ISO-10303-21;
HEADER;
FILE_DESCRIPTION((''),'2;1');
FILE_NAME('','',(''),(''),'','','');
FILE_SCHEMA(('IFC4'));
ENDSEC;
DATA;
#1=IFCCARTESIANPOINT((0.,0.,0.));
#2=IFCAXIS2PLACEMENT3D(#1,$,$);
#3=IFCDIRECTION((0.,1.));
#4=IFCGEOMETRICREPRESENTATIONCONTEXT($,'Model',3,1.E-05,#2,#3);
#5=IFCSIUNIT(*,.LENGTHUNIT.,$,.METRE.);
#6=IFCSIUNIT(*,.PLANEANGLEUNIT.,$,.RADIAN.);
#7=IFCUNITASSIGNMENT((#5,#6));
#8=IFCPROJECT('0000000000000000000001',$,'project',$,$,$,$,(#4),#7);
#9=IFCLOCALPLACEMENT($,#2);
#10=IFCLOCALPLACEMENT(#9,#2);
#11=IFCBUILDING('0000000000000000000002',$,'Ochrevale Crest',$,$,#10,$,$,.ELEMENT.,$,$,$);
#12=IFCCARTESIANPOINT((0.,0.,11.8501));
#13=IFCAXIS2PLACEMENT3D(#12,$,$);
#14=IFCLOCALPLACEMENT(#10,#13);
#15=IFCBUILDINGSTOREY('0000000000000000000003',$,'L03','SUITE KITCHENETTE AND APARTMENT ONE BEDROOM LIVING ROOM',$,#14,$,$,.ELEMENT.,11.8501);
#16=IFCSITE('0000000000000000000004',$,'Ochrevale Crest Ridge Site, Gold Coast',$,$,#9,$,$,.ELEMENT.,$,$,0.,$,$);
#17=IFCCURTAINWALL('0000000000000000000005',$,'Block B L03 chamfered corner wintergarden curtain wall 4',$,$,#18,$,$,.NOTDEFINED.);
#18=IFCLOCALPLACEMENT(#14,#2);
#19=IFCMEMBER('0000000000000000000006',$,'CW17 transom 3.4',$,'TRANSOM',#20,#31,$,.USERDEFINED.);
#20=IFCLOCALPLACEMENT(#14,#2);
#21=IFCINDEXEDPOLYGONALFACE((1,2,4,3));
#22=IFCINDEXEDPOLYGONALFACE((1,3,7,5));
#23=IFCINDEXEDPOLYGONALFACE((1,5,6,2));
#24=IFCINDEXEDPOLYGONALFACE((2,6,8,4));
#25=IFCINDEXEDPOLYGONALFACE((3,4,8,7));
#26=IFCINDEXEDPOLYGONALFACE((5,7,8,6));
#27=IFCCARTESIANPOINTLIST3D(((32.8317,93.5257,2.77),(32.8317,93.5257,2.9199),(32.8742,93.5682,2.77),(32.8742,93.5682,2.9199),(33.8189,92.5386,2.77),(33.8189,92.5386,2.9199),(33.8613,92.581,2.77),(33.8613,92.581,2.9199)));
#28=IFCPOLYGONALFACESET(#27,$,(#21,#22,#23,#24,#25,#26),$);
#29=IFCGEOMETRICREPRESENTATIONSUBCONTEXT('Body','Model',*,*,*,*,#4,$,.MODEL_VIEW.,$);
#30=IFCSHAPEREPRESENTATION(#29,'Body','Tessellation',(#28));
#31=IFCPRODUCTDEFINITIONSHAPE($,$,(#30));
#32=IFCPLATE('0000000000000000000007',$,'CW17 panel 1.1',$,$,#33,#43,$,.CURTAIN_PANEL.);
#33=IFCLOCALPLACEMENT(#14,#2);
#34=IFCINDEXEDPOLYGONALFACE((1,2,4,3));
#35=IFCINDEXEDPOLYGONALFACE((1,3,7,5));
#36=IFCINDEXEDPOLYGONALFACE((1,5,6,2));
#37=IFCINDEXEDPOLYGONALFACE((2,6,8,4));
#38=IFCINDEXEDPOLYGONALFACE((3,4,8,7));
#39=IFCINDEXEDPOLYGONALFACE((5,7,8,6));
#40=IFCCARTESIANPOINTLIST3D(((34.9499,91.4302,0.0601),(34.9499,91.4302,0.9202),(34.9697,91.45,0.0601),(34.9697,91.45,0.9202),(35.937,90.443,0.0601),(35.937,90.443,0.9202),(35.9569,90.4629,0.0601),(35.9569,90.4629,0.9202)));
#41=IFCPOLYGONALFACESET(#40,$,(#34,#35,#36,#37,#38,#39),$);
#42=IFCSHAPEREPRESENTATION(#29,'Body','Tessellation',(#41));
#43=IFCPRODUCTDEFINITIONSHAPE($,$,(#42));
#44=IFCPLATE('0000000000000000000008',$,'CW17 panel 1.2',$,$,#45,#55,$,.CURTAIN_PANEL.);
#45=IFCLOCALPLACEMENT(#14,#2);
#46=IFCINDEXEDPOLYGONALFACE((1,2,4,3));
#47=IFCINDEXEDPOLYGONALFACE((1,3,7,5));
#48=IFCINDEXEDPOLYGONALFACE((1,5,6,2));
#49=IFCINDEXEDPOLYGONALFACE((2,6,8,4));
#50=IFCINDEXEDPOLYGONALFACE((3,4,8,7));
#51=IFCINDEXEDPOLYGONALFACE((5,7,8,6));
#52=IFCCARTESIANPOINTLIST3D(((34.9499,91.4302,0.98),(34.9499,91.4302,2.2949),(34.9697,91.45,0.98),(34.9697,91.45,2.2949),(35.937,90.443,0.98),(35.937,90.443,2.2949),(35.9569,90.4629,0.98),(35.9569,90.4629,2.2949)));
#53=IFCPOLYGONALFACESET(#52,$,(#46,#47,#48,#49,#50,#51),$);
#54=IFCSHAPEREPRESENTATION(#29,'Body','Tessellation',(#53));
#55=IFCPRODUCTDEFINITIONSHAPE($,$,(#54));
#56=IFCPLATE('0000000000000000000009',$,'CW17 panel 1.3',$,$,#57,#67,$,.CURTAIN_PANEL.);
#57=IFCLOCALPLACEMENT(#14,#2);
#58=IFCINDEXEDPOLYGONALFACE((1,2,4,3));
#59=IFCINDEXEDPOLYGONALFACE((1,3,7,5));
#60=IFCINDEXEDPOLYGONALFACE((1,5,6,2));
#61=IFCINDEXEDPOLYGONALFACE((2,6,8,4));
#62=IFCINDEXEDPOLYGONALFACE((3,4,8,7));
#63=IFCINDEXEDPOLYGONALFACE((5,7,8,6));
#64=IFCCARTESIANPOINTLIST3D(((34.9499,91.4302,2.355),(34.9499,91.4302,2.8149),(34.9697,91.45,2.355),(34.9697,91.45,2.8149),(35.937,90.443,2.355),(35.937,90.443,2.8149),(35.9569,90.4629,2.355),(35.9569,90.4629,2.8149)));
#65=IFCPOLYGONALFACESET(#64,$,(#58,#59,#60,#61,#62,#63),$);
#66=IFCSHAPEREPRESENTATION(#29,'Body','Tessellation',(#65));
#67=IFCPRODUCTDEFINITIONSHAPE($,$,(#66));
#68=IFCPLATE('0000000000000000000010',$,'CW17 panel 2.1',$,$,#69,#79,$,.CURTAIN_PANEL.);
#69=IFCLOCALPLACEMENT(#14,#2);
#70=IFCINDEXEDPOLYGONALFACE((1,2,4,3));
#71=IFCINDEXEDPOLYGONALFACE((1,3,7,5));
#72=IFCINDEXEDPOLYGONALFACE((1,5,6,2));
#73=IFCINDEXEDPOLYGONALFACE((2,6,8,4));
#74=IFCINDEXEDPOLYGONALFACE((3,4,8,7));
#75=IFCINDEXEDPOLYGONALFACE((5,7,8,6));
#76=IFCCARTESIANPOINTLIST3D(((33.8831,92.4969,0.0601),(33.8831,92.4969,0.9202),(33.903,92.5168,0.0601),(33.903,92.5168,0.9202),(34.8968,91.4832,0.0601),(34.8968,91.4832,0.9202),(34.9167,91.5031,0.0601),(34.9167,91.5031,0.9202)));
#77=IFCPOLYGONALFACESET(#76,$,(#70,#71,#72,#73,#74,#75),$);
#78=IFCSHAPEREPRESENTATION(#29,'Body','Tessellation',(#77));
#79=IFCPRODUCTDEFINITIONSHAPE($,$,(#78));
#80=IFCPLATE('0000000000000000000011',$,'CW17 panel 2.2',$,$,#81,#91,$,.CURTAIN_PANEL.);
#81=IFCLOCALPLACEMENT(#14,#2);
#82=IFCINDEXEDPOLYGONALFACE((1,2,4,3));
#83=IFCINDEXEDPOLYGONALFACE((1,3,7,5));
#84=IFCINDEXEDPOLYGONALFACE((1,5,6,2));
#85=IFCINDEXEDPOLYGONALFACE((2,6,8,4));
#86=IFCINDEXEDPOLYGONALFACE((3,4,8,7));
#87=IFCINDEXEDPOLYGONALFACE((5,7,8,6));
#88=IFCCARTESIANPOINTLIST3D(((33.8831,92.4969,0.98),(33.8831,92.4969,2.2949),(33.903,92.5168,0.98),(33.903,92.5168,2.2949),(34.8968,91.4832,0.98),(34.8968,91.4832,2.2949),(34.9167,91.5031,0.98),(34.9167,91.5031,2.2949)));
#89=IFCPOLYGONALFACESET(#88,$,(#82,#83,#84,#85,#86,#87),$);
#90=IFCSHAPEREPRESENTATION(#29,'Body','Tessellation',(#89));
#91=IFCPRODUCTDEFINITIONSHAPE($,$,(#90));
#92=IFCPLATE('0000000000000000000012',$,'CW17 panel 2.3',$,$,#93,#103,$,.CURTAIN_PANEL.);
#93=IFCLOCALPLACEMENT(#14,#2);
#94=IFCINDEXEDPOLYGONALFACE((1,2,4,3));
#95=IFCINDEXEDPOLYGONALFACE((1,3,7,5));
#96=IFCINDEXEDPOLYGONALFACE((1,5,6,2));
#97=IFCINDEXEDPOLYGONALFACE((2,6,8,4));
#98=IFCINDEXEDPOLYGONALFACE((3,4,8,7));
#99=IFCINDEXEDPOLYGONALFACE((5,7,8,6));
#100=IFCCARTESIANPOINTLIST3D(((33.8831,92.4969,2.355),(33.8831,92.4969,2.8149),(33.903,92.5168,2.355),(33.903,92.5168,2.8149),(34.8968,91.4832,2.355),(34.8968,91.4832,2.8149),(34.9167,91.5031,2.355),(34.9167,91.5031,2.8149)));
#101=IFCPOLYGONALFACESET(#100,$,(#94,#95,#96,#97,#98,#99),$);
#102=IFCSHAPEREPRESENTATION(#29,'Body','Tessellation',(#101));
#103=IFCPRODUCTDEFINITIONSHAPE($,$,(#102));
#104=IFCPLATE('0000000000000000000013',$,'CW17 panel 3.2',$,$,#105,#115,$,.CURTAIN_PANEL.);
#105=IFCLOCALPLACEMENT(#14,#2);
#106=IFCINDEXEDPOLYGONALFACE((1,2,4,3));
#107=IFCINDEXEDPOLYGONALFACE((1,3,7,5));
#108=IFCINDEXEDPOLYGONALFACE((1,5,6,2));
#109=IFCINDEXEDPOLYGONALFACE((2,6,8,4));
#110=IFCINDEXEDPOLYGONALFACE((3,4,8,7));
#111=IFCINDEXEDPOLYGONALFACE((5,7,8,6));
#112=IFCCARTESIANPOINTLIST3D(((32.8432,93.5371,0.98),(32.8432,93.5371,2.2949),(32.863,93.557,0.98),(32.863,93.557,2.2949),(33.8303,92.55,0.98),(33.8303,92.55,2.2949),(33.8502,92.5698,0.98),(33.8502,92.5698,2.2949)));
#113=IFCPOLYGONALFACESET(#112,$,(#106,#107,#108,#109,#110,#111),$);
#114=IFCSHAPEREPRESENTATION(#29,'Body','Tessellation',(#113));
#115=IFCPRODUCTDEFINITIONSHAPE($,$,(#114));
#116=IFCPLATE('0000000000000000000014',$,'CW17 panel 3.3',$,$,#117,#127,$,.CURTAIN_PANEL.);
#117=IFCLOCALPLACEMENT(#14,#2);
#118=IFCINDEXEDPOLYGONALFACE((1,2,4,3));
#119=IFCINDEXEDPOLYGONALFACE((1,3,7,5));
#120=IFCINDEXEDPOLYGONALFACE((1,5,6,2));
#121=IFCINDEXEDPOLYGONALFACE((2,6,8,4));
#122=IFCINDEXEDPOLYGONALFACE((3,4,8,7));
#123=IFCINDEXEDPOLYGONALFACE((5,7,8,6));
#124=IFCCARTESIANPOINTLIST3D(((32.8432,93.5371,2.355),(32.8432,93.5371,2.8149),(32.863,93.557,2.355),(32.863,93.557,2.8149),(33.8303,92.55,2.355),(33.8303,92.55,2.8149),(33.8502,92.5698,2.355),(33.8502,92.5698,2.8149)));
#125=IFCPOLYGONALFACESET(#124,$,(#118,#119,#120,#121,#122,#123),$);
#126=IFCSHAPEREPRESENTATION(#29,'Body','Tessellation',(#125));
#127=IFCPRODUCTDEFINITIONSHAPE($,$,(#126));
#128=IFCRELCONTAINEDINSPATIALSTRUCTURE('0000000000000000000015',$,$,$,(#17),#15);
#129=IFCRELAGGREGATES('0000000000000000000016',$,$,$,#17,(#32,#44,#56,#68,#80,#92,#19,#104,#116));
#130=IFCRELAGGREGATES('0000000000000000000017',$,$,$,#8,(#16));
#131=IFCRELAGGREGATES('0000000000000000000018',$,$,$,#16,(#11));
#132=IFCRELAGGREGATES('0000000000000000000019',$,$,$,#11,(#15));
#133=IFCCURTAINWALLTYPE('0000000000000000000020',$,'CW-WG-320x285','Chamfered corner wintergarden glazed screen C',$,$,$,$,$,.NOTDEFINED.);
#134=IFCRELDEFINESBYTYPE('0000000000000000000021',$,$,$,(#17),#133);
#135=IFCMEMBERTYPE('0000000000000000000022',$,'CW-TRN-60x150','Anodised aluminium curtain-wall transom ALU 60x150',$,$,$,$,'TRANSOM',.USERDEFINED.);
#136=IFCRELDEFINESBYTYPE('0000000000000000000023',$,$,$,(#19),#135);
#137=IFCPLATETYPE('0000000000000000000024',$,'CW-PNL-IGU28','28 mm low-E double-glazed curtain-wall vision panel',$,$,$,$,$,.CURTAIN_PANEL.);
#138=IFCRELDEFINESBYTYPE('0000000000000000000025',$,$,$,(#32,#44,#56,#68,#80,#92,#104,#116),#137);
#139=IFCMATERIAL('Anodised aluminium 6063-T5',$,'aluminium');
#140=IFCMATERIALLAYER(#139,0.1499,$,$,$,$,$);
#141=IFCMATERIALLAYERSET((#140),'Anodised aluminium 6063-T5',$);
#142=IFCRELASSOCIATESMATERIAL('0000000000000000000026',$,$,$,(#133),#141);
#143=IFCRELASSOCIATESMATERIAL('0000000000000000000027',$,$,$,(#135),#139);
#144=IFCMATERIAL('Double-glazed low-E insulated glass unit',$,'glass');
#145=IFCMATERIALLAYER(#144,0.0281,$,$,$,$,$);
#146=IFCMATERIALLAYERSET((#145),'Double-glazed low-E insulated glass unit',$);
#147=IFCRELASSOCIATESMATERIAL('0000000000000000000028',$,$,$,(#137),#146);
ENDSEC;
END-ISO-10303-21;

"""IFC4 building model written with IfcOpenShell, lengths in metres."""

from ifc_helpers import new_model, si_unit, direction, frame, origin, origin_2d, place, context, subcontext, project, spatial, rectangle, extrude, material, layer, layer_set, material_profile, profile_set, type_object, element, aggregate, save


model = new_model("IFC4")

# Units and contexts
model_context = context("Model", 3, precision=1e-05, world=origin(), true_north=direction((0.0, 1.0)))
body_context = subcontext(model_context, "Body", "Model", "MODEL_VIEW")
ifc_project = project(units=[si_unit("LENGTHUNIT", "METRE"), si_unit("PLANEANGLEUNIT", "RADIAN")], contexts=[model_context])

# Site, building, storey
site_placement = place(None, origin())
site = spatial("IfcSite", under=ifc_project, at=site_placement, Name="Ochrevale Crest Ridge Site, Gold Coast", CompositionType="ELEMENT", RefElevation=0.0)
building_placement = place(site_placement, origin())
building = spatial("IfcBuilding", under=site, at=building_placement, Name="Ochrevale Crest", CompositionType="ELEMENT")
storey_placement = place(building_placement, frame((0.0, 0.0, 11.8501)))
storey = spatial("IfcBuildingStorey", under=building, at=storey_placement, Name="L03", Description="SUITE KITCHENETTE AND APARTMENT ONE BEDROOM LIVING ROOM", CompositionType="ELEMENT", Elevation=11.8501)

# Curtain wall, member, plates
ifc_material_1 = material(Name="Anodised aluminium 6063-T5", Category="aluminium")
ifc_layer_1 = layer(ifc_material_1, 0.1499)
ifc_layer_set_1 = layer_set([ifc_layer_1], Name="Anodised aluminium 6063-T5")
curtain_wall_type = type_object("IfcCurtainWallType", Name="CW-WG-320x285", Description="Chamfered corner wintergarden glazed screen C", PredefinedType="NOTDEFINED", material=ifc_layer_set_1)
curtain_wall_placement = place(storey_placement, origin())
curtain_wall = element("IfcCurtainWall", 1, at=curtain_wall_placement, inside=storey, type_object=curtain_wall_type, Name="Block B L03 chamfered corner wintergarden curtain wall 4", PredefinedType="NOTDEFINED")
ifc_material_profile_1 = material_profile(ifc_material_1, rectangle(XDim=0.0601, YDim=0.1499, at=origin_2d()), Name="ALU 60x150")
ifc_profile_set_1 = profile_set([ifc_material_profile_1], Name="Anodised aluminium 6063-T5")
member_type_1 = type_object("IfcMemberType", Name="CW-TRN-60x150", Description="Anodised aluminium curtain-wall transom ALU 60x150", ElementType="TRANSOM", PredefinedType="USERDEFINED", material=ifc_profile_set_1)
member_1_placement = place(storey_placement, frame((33.8401, 92.5598, 2.845), z_axis=(-0.707107, 0.707107, 0.0), x_axis=(-0.707107, -0.707107, 0.0)))
member_1 = element("IfcMember", 2, at=member_1_placement, type_object=member_type_1, Name="CW17 transom 3.4", ObjectType="TRANSOM", PredefinedType="USERDEFINED", context=body_context, shape_type="SweptSolid", body=[
    extrude(rectangle(XDim=0.0601, YDim=0.1499, at=origin_2d()), origin(), (0.0, 0.0, 1.0), 1.396),
])
ifc_material_2 = material(Name="Double-glazed low-E insulated glass unit", Category="glass")
ifc_layer_2 = layer(ifc_material_2, 0.0281)
ifc_layer_set_2 = layer_set([ifc_layer_2], Name="Double-glazed low-E insulated glass unit")
plate_type = type_object("IfcPlateType", Name="CW-PNL-IGU28", Description="28 mm low-E double-glazed curtain-wall vision panel", PredefinedType="CURTAIN_PANEL", material=ifc_layer_set_2)
plate_1_placement = place(storey_placement, frame((35.4534, 90.9465, 0.0601), z_axis=(0.0, 0.0, 1.0), x_axis=(-0.707107, 0.707107, 0.0)))
plate_1 = element("IfcPlate", 3, at=plate_1_placement, type_object=plate_type, Name="CW17 panel 1.1", PredefinedType="CURTAIN_PANEL", context=body_context, shape_type="SweptSolid", body=[
    extrude(rectangle(XDim=1.396, YDim=0.0281, at=origin_2d()), origin(), (0.0, 0.0, 1.0), 0.8601),
])
plate_2_placement = place(storey_placement, frame((35.4534, 90.9465, 0.98), z_axis=(0.0, 0.0, 1.0), x_axis=(-0.707107, 0.707107, 0.0)))
plate_2 = element("IfcPlate", 4, at=plate_2_placement, type_object=plate_type, Name="CW17 panel 1.2", PredefinedType="CURTAIN_PANEL", context=body_context, shape_type="SweptSolid", body=[
    extrude(rectangle(XDim=1.396, YDim=0.0281, at=origin_2d()), origin(), (0.0, 0.0, 1.0), 1.3149),
])
plate_3_placement = place(storey_placement, frame((35.4534, 90.9465, 2.355), z_axis=(0.0, 0.0, 1.0), x_axis=(-0.707107, 0.707107, 0.0)))
plate_3 = element("IfcPlate", 5, at=plate_3_placement, type_object=plate_type, Name="CW17 panel 1.3", PredefinedType="CURTAIN_PANEL", context=body_context, shape_type="SweptSolid", body=[
    extrude(rectangle(XDim=1.396, YDim=0.0281, at=origin_2d()), origin(), (0.0, 0.0, 1.0), 0.46),
])
plate_4_placement = place(storey_placement, frame((34.3999, 92.0, 0.0601), z_axis=(0.0, 0.0, 1.0), x_axis=(-0.707107, 0.707107, 0.0)))
plate_4 = element("IfcPlate", 6, at=plate_4_placement, type_object=plate_type, Name="CW17 panel 2.1", PredefinedType="CURTAIN_PANEL", context=body_context, shape_type="SweptSolid", body=[
    extrude(rectangle(XDim=1.4336, YDim=0.0281, at=origin_2d()), origin(), (0.0, 0.0, 1.0), 0.8601),
])
plate_5_placement = place(storey_placement, frame((34.3999, 92.0, 0.98), z_axis=(0.0, 0.0, 1.0), x_axis=(-0.707107, 0.707107, 0.0)))
plate_5 = element("IfcPlate", 7, at=plate_5_placement, type_object=plate_type, Name="CW17 panel 2.2", PredefinedType="CURTAIN_PANEL", context=body_context, shape_type="SweptSolid", body=[
    extrude(rectangle(XDim=1.4336, YDim=0.0281, at=origin_2d()), origin(), (0.0, 0.0, 1.0), 1.3149),
])
plate_6_placement = place(storey_placement, frame((34.3999, 92.0, 2.355), z_axis=(0.0, 0.0, 1.0), x_axis=(-0.707107, 0.707107, 0.0)))
plate_6 = element("IfcPlate", 8, at=plate_6_placement, type_object=plate_type, Name="CW17 panel 2.3", PredefinedType="CURTAIN_PANEL", context=body_context, shape_type="SweptSolid", body=[
    extrude(rectangle(XDim=1.4336, YDim=0.0281, at=origin_2d()), origin(), (0.0, 0.0, 1.0), 0.46),
])
plate_7_placement = place(storey_placement, frame((33.3467, 93.0535, 0.98), z_axis=(0.0, 0.0, 1.0), x_axis=(-0.707107, 0.707107, 0.0)))
plate_7 = element("IfcPlate", 9, at=plate_7_placement, type_object=plate_type, Name="CW17 panel 3.2", PredefinedType="CURTAIN_PANEL", context=body_context, shape_type="SweptSolid", body=[
    extrude(rectangle(XDim=1.396, YDim=0.0281, at=origin_2d()), origin(), (0.0, 0.0, 1.0), 1.3149),
])
plate_8_placement = place(storey_placement, frame((33.3467, 93.0535, 2.355), z_axis=(0.0, 0.0, 1.0), x_axis=(-0.707107, 0.707107, 0.0)))
plate_8 = element("IfcPlate", 10, at=plate_8_placement, type_object=plate_type, Name="CW17 panel 3.3", PredefinedType="CURTAIN_PANEL", context=body_context, shape_type="SweptSolid", body=[
    extrude(rectangle(XDim=1.396, YDim=0.0281, at=origin_2d()), origin(), (0.0, 0.0, 1.0), 0.46),
])
aggregate(curtain_wall, [plate_1, plate_2, plate_3, plate_4, plate_5, plate_6, member_1, plate_7, plate_8])

save(model, "model.ifc")
